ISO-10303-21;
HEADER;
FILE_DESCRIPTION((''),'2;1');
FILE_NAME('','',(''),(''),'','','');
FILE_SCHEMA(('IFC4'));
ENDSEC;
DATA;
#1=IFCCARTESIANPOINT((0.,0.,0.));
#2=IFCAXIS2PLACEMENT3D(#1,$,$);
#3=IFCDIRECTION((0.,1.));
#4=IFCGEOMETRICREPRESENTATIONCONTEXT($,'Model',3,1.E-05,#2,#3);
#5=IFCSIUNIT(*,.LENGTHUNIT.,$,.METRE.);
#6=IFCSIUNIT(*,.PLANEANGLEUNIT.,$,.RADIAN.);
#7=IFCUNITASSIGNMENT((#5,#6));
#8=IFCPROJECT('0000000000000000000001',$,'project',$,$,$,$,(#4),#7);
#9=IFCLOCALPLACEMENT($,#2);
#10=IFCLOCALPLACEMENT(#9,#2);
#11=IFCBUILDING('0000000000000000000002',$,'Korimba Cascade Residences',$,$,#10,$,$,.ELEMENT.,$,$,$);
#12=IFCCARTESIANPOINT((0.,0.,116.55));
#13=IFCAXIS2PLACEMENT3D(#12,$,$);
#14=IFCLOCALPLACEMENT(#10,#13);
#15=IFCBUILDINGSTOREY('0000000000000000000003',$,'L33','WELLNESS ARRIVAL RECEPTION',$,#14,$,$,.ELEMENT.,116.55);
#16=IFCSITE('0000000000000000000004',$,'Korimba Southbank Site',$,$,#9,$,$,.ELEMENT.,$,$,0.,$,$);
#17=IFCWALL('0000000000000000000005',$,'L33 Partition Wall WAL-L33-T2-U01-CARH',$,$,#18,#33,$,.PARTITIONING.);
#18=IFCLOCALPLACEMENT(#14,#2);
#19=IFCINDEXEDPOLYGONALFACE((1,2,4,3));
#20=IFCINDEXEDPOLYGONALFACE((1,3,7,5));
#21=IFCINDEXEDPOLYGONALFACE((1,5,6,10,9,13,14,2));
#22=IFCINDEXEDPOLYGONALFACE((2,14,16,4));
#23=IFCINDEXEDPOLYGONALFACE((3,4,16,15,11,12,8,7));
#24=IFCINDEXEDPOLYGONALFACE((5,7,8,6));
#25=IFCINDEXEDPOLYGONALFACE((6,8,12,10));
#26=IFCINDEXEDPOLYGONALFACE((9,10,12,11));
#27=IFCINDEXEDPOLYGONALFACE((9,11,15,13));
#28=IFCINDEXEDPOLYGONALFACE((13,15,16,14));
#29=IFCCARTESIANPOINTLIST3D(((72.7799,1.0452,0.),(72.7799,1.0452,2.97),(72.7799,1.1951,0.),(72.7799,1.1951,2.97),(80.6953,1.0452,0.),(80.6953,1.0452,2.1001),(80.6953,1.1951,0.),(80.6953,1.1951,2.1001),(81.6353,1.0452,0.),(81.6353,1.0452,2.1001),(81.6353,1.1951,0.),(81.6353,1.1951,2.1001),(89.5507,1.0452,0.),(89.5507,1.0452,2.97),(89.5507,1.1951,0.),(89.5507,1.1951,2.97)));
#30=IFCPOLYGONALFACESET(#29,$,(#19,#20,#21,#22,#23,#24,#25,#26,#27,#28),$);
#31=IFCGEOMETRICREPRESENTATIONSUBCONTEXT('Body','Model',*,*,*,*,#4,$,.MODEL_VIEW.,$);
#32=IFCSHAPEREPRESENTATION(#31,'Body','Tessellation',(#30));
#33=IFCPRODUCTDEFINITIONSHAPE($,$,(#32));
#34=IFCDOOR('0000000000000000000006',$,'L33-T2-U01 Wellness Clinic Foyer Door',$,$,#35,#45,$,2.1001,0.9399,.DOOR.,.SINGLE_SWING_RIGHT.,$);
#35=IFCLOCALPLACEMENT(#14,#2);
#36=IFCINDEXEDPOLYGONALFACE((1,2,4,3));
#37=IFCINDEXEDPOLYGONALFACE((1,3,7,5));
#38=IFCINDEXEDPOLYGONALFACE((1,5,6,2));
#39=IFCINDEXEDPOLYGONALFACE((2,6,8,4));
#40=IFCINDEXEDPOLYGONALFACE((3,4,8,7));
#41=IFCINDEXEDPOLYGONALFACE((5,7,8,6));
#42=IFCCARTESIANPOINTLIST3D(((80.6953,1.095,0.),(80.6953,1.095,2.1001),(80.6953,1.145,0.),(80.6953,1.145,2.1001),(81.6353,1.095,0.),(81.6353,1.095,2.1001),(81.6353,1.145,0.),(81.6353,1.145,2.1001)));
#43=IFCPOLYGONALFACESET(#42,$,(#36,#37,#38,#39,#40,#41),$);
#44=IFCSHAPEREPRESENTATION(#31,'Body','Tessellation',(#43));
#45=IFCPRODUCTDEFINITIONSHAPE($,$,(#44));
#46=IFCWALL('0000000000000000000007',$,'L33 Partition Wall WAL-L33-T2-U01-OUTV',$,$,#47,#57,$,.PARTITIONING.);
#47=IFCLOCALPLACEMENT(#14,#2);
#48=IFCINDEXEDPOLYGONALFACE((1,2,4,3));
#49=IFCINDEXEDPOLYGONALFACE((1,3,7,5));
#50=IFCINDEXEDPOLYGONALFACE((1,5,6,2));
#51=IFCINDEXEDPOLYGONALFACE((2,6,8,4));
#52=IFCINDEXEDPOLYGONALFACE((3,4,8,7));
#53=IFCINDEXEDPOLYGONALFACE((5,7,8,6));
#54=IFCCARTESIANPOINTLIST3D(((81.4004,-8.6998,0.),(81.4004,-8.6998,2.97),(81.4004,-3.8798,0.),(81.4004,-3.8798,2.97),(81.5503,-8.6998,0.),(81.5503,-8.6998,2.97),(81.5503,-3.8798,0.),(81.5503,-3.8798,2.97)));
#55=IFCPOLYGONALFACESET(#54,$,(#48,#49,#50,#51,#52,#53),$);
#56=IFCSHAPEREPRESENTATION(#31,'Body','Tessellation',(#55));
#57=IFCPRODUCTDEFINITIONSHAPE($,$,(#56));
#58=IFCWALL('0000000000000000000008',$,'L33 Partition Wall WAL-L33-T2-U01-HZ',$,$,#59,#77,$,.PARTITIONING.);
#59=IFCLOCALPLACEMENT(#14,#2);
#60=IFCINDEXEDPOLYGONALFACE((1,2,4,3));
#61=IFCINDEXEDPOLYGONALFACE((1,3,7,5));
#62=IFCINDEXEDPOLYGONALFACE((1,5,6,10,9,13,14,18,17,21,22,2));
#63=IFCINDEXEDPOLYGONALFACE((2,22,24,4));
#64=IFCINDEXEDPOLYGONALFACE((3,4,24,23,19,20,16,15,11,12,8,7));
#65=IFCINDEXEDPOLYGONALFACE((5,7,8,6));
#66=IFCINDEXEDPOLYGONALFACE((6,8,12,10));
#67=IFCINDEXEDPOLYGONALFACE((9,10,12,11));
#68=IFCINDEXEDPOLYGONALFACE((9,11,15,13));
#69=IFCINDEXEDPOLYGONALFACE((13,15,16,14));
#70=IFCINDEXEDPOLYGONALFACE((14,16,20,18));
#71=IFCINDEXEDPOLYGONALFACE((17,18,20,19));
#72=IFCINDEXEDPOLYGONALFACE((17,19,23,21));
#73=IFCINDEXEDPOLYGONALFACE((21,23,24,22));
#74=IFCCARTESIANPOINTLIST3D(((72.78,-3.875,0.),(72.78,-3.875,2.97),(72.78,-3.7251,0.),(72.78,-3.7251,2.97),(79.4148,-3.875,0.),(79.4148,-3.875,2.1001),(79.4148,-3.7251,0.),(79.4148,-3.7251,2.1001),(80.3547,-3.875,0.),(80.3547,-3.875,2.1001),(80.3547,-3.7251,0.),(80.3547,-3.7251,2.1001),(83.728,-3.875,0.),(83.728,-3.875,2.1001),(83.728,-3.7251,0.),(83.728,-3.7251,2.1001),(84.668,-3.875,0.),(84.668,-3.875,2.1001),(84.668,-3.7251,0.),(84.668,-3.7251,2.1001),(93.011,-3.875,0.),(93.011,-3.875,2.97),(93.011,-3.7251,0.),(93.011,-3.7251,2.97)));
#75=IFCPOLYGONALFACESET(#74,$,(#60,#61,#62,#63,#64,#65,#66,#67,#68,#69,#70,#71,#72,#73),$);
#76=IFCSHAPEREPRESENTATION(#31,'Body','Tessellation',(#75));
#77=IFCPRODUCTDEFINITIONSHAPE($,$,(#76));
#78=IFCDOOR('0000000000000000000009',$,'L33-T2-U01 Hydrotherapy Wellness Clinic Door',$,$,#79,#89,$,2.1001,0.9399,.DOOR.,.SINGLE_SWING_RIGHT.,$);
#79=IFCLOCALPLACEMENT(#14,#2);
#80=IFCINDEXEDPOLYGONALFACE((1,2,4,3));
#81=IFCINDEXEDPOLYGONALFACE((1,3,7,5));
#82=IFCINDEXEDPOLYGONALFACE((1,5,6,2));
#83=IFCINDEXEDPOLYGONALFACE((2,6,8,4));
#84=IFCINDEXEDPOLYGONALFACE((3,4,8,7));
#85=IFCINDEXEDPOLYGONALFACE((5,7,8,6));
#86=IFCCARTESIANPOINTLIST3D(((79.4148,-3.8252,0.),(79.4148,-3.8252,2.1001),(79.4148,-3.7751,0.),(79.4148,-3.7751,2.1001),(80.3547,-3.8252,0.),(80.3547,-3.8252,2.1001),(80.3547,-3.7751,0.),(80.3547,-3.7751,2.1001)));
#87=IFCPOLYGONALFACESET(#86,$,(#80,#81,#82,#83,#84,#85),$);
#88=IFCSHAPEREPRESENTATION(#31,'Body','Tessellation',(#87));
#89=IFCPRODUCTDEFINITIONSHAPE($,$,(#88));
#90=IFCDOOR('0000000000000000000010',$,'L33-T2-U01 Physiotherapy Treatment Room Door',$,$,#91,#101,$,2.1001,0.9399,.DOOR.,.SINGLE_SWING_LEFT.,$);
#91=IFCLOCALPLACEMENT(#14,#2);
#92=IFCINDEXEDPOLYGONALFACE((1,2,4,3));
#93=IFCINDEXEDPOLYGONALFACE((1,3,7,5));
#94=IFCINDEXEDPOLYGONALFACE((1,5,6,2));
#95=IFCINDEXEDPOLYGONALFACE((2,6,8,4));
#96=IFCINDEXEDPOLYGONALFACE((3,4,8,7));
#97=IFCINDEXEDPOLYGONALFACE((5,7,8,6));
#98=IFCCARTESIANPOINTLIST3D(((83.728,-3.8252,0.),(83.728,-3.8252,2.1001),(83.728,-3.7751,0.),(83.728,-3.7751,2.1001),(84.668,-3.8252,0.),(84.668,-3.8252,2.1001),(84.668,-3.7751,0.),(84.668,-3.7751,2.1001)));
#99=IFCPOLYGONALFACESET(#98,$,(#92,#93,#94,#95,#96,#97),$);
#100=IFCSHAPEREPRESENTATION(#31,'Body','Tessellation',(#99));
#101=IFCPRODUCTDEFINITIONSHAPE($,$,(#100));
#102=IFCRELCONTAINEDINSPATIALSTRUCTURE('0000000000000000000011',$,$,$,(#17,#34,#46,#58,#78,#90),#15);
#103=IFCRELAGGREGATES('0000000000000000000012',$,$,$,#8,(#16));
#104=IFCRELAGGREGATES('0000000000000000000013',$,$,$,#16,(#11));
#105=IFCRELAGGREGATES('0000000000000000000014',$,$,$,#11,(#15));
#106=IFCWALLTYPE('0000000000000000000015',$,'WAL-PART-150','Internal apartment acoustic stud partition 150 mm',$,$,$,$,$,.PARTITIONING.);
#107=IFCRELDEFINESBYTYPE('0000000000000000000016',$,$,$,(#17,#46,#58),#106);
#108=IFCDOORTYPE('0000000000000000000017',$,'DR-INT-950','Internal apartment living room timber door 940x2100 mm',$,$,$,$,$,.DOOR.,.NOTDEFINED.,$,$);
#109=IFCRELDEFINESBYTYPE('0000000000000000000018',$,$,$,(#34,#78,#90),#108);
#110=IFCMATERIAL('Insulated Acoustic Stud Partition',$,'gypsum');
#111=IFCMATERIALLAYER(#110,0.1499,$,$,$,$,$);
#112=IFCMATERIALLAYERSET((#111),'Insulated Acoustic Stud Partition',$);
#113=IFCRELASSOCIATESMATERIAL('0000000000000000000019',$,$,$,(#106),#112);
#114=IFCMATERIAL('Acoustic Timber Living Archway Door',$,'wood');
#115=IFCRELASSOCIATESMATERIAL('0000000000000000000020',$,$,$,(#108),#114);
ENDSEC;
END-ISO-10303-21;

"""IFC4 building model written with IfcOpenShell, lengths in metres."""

from ifc_helpers import new_model, si_unit, direction, frame, frame_2d, origin, place, context, subcontext, project, spatial, rectangle, extrude, material, layer, layer_set, type_object, element, fill, save


model = new_model("IFC4")

# Units and contexts
model_context = context("Model", 3, precision=1e-05, world=origin(), true_north=direction((0.0, 1.0)))
body_context = subcontext(model_context, "Body", "Model", "MODEL_VIEW")
ifc_project = project(units=[si_unit("LENGTHUNIT", "METRE"), si_unit("PLANEANGLEUNIT", "RADIAN")], contexts=[model_context])

# Site, building, storey
site_placement = place(None, origin())
site = spatial("IfcSite", under=ifc_project, at=site_placement, Name="Korimba Southbank Site", CompositionType="ELEMENT", RefElevation=0.0)
building_placement = place(site_placement, origin())
building = spatial("IfcBuilding", under=site, at=building_placement, Name="Korimba Cascade Residences", CompositionType="ELEMENT")
storey_placement = place(building_placement, frame((0.0, 0.0, 116.55)))
storey = spatial("IfcBuildingStorey", under=building, at=storey_placement, Name="L33", Description="WELLNESS ARRIVAL RECEPTION", CompositionType="ELEMENT", Elevation=116.55)

# Shared definitions
ifc_material_1 = material(Name="Insulated Acoustic Stud Partition", Category="gypsum")
ifc_layer_1 = layer(ifc_material_1, 0.1499)
ifc_layer_set_1 = layer_set([ifc_layer_1], Name="Insulated Acoustic Stud Partition")
wall_type_1 = type_object("IfcWallType", Name="WAL-PART-150", Description="Internal apartment acoustic stud partition 150 mm", PredefinedType="PARTITIONING", material=ifc_layer_set_1)

# Wall, opening, door
wall_1_placement = place(storey_placement, frame((72.78, 1.1201, 0.0), z_axis=(0.0, 0.0, 1.0), x_axis=(1.0, 0.0, 0.0)))
wall_1 = element("IfcWall", 1, at=wall_1_placement, inside=storey, type_object=wall_type_1, Name="L33 Partition Wall WAL-L33-T2-U01-CARH", PredefinedType="PARTITIONING", context=body_context, shape_type="SweptSolid", body=[
    extrude(rectangle(XDim=16.7708, YDim=0.1499, at=frame_2d((8.3853, 0.0))), origin(), (0.0, 0.0, 1.0), 2.97),
])
opening_1_placement = place(wall_1_placement, frame((7.9153, 0.0, 0.0)))
opening_1 = element("IfcOpeningElement", 2, at=opening_1_placement, cuts=wall_1, PredefinedType="OPENING", context=body_context, shape_type="SweptSolid", body=[
    extrude(rectangle(XDim=0.9399, YDim=2.1001, at=frame_2d((0.47, 1.05))), frame((0.0, 0.085, 0.0), z_axis=(0.0, -1.0, 0.0), x_axis=(1.0, 0.0, 0.0)), (0.0, 0.0, 1.0), 0.1699),
])
ifc_material_2 = material(Name="Acoustic Timber Living Archway Door", Category="wood")
door_type_1 = type_object("IfcDoorType", Name="DR-INT-950", Description="Internal apartment living room timber door 940x2100 mm", OperationType="NOTDEFINED", PredefinedType="DOOR", material=ifc_material_2)
door_1_placement = place(opening_1_placement, origin())
door_1 = element("IfcDoor", 3, at=door_1_placement, inside=storey, type_object=door_type_1, Name="L33-T2-U01 Wellness Clinic Foyer Door", OperationType="SINGLE_SWING_RIGHT", OverallHeight=2.1001, OverallWidth=0.9399, PredefinedType="DOOR", context=body_context, shape_type="SweptSolid", body=[
    extrude(rectangle(XDim=0.9399, YDim=2.1001, at=frame_2d((0.47, 1.05))), frame((0.0, 0.0249, 0.0), z_axis=(0.0, -1.0, 0.0), x_axis=(1.0, 0.0, 0.0)), (0.0, 0.0, 1.0), 0.05),
])
fill(opening_1, door_1)

# Wall
wall_2_placement = place(storey_placement, frame((81.4753, -8.7, 0.0), z_axis=(0.0, 0.0, 1.0), x_axis=(0.0, 1.0, 0.0)))
element("IfcWall", 4, at=wall_2_placement, inside=storey, type_object=wall_type_1, Name="L33 Partition Wall WAL-L33-T2-U01-OUTV", PredefinedType="PARTITIONING", context=body_context, shape_type="SweptSolid", body=[
    extrude(rectangle(XDim=4.8201, YDim=0.1499, at=frame_2d((2.4102, 0.0))), origin(), (0.0, 0.0, 1.0), 2.97),
])

# Wall, openings, doors
wall_3_placement = place(storey_placement, frame((72.78, -3.8, 0.0), z_axis=(0.0, 0.0, 1.0), x_axis=(1.0, 0.0, 0.0)))
wall_3 = element("IfcWall", 5, at=wall_3_placement, inside=storey, type_object=wall_type_1, Name="L33 Partition Wall WAL-L33-T2-U01-HZ", PredefinedType="PARTITIONING", context=body_context, shape_type="SweptSolid", body=[
    extrude(rectangle(XDim=20.231, YDim=0.1499, at=frame_2d((10.1155, 0.0))), origin(), (0.0, 0.0, 1.0), 2.97),
])
opening_2_placement = place(wall_3_placement, frame((6.6348, 0.0, 0.0)))
opening_2 = element("IfcOpeningElement", 6, at=opening_2_placement, cuts=wall_3, PredefinedType="OPENING", context=body_context, shape_type="SweptSolid", body=[
    extrude(rectangle(XDim=0.9399, YDim=2.1001, at=frame_2d((0.47, 1.05))), frame((0.0, 0.085, 0.0), z_axis=(0.0, -1.0, 0.0), x_axis=(1.0, 0.0, 0.0)), (0.0, 0.0, 1.0), 0.1699),
])
opening_3_placement = place(wall_3_placement, frame((10.948, 0.0, 0.0)))
opening_3 = element("IfcOpeningElement", 7, at=opening_3_placement, cuts=wall_3, PredefinedType="OPENING", context=body_context, shape_type="SweptSolid", body=[
    extrude(rectangle(XDim=0.9399, YDim=2.1001, at=frame_2d((0.47, 1.05))), frame((0.0, 0.085, 0.0), z_axis=(0.0, -1.0, 0.0), x_axis=(1.0, 0.0, 0.0)), (0.0, 0.0, 1.0), 0.1699),
])
door_2_placement = place(opening_2_placement, origin())
door_2 = element("IfcDoor", 8, at=door_2_placement, inside=storey, type_object=door_type_1, Name="L33-T2-U01 Hydrotherapy Wellness Clinic Door", OperationType="SINGLE_SWING_RIGHT", OverallHeight=2.1001, OverallWidth=0.9399, PredefinedType="DOOR", context=body_context, shape_type="SweptSolid", body=[
    extrude(rectangle(XDim=0.9399, YDim=2.1001, at=frame_2d((0.47, 1.05))), frame((0.0, 0.0249, 0.0), z_axis=(0.0, -1.0, 0.0), x_axis=(1.0, 0.0, 0.0)), (0.0, 0.0, 1.0), 0.05),
])
fill(opening_2, door_2)
door_3_placement = place(opening_3_placement, origin())
door_3 = element("IfcDoor", 9, at=door_3_placement, inside=storey, type_object=door_type_1, Name="L33-T2-U01 Physiotherapy Treatment Room Door", OperationType="SINGLE_SWING_LEFT", OverallHeight=2.1001, OverallWidth=0.9399, PredefinedType="DOOR", context=body_context, shape_type="SweptSolid", body=[
    extrude(rectangle(XDim=0.9399, YDim=2.1001, at=frame_2d((0.47, 1.05))), frame((0.0, 0.0249, 0.0), z_axis=(0.0, -1.0, 0.0), x_axis=(1.0, 0.0, 0.0)), (0.0, 0.0, 1.0), 0.05),
])
fill(opening_3, door_3)

save(model, "model.ifc")
